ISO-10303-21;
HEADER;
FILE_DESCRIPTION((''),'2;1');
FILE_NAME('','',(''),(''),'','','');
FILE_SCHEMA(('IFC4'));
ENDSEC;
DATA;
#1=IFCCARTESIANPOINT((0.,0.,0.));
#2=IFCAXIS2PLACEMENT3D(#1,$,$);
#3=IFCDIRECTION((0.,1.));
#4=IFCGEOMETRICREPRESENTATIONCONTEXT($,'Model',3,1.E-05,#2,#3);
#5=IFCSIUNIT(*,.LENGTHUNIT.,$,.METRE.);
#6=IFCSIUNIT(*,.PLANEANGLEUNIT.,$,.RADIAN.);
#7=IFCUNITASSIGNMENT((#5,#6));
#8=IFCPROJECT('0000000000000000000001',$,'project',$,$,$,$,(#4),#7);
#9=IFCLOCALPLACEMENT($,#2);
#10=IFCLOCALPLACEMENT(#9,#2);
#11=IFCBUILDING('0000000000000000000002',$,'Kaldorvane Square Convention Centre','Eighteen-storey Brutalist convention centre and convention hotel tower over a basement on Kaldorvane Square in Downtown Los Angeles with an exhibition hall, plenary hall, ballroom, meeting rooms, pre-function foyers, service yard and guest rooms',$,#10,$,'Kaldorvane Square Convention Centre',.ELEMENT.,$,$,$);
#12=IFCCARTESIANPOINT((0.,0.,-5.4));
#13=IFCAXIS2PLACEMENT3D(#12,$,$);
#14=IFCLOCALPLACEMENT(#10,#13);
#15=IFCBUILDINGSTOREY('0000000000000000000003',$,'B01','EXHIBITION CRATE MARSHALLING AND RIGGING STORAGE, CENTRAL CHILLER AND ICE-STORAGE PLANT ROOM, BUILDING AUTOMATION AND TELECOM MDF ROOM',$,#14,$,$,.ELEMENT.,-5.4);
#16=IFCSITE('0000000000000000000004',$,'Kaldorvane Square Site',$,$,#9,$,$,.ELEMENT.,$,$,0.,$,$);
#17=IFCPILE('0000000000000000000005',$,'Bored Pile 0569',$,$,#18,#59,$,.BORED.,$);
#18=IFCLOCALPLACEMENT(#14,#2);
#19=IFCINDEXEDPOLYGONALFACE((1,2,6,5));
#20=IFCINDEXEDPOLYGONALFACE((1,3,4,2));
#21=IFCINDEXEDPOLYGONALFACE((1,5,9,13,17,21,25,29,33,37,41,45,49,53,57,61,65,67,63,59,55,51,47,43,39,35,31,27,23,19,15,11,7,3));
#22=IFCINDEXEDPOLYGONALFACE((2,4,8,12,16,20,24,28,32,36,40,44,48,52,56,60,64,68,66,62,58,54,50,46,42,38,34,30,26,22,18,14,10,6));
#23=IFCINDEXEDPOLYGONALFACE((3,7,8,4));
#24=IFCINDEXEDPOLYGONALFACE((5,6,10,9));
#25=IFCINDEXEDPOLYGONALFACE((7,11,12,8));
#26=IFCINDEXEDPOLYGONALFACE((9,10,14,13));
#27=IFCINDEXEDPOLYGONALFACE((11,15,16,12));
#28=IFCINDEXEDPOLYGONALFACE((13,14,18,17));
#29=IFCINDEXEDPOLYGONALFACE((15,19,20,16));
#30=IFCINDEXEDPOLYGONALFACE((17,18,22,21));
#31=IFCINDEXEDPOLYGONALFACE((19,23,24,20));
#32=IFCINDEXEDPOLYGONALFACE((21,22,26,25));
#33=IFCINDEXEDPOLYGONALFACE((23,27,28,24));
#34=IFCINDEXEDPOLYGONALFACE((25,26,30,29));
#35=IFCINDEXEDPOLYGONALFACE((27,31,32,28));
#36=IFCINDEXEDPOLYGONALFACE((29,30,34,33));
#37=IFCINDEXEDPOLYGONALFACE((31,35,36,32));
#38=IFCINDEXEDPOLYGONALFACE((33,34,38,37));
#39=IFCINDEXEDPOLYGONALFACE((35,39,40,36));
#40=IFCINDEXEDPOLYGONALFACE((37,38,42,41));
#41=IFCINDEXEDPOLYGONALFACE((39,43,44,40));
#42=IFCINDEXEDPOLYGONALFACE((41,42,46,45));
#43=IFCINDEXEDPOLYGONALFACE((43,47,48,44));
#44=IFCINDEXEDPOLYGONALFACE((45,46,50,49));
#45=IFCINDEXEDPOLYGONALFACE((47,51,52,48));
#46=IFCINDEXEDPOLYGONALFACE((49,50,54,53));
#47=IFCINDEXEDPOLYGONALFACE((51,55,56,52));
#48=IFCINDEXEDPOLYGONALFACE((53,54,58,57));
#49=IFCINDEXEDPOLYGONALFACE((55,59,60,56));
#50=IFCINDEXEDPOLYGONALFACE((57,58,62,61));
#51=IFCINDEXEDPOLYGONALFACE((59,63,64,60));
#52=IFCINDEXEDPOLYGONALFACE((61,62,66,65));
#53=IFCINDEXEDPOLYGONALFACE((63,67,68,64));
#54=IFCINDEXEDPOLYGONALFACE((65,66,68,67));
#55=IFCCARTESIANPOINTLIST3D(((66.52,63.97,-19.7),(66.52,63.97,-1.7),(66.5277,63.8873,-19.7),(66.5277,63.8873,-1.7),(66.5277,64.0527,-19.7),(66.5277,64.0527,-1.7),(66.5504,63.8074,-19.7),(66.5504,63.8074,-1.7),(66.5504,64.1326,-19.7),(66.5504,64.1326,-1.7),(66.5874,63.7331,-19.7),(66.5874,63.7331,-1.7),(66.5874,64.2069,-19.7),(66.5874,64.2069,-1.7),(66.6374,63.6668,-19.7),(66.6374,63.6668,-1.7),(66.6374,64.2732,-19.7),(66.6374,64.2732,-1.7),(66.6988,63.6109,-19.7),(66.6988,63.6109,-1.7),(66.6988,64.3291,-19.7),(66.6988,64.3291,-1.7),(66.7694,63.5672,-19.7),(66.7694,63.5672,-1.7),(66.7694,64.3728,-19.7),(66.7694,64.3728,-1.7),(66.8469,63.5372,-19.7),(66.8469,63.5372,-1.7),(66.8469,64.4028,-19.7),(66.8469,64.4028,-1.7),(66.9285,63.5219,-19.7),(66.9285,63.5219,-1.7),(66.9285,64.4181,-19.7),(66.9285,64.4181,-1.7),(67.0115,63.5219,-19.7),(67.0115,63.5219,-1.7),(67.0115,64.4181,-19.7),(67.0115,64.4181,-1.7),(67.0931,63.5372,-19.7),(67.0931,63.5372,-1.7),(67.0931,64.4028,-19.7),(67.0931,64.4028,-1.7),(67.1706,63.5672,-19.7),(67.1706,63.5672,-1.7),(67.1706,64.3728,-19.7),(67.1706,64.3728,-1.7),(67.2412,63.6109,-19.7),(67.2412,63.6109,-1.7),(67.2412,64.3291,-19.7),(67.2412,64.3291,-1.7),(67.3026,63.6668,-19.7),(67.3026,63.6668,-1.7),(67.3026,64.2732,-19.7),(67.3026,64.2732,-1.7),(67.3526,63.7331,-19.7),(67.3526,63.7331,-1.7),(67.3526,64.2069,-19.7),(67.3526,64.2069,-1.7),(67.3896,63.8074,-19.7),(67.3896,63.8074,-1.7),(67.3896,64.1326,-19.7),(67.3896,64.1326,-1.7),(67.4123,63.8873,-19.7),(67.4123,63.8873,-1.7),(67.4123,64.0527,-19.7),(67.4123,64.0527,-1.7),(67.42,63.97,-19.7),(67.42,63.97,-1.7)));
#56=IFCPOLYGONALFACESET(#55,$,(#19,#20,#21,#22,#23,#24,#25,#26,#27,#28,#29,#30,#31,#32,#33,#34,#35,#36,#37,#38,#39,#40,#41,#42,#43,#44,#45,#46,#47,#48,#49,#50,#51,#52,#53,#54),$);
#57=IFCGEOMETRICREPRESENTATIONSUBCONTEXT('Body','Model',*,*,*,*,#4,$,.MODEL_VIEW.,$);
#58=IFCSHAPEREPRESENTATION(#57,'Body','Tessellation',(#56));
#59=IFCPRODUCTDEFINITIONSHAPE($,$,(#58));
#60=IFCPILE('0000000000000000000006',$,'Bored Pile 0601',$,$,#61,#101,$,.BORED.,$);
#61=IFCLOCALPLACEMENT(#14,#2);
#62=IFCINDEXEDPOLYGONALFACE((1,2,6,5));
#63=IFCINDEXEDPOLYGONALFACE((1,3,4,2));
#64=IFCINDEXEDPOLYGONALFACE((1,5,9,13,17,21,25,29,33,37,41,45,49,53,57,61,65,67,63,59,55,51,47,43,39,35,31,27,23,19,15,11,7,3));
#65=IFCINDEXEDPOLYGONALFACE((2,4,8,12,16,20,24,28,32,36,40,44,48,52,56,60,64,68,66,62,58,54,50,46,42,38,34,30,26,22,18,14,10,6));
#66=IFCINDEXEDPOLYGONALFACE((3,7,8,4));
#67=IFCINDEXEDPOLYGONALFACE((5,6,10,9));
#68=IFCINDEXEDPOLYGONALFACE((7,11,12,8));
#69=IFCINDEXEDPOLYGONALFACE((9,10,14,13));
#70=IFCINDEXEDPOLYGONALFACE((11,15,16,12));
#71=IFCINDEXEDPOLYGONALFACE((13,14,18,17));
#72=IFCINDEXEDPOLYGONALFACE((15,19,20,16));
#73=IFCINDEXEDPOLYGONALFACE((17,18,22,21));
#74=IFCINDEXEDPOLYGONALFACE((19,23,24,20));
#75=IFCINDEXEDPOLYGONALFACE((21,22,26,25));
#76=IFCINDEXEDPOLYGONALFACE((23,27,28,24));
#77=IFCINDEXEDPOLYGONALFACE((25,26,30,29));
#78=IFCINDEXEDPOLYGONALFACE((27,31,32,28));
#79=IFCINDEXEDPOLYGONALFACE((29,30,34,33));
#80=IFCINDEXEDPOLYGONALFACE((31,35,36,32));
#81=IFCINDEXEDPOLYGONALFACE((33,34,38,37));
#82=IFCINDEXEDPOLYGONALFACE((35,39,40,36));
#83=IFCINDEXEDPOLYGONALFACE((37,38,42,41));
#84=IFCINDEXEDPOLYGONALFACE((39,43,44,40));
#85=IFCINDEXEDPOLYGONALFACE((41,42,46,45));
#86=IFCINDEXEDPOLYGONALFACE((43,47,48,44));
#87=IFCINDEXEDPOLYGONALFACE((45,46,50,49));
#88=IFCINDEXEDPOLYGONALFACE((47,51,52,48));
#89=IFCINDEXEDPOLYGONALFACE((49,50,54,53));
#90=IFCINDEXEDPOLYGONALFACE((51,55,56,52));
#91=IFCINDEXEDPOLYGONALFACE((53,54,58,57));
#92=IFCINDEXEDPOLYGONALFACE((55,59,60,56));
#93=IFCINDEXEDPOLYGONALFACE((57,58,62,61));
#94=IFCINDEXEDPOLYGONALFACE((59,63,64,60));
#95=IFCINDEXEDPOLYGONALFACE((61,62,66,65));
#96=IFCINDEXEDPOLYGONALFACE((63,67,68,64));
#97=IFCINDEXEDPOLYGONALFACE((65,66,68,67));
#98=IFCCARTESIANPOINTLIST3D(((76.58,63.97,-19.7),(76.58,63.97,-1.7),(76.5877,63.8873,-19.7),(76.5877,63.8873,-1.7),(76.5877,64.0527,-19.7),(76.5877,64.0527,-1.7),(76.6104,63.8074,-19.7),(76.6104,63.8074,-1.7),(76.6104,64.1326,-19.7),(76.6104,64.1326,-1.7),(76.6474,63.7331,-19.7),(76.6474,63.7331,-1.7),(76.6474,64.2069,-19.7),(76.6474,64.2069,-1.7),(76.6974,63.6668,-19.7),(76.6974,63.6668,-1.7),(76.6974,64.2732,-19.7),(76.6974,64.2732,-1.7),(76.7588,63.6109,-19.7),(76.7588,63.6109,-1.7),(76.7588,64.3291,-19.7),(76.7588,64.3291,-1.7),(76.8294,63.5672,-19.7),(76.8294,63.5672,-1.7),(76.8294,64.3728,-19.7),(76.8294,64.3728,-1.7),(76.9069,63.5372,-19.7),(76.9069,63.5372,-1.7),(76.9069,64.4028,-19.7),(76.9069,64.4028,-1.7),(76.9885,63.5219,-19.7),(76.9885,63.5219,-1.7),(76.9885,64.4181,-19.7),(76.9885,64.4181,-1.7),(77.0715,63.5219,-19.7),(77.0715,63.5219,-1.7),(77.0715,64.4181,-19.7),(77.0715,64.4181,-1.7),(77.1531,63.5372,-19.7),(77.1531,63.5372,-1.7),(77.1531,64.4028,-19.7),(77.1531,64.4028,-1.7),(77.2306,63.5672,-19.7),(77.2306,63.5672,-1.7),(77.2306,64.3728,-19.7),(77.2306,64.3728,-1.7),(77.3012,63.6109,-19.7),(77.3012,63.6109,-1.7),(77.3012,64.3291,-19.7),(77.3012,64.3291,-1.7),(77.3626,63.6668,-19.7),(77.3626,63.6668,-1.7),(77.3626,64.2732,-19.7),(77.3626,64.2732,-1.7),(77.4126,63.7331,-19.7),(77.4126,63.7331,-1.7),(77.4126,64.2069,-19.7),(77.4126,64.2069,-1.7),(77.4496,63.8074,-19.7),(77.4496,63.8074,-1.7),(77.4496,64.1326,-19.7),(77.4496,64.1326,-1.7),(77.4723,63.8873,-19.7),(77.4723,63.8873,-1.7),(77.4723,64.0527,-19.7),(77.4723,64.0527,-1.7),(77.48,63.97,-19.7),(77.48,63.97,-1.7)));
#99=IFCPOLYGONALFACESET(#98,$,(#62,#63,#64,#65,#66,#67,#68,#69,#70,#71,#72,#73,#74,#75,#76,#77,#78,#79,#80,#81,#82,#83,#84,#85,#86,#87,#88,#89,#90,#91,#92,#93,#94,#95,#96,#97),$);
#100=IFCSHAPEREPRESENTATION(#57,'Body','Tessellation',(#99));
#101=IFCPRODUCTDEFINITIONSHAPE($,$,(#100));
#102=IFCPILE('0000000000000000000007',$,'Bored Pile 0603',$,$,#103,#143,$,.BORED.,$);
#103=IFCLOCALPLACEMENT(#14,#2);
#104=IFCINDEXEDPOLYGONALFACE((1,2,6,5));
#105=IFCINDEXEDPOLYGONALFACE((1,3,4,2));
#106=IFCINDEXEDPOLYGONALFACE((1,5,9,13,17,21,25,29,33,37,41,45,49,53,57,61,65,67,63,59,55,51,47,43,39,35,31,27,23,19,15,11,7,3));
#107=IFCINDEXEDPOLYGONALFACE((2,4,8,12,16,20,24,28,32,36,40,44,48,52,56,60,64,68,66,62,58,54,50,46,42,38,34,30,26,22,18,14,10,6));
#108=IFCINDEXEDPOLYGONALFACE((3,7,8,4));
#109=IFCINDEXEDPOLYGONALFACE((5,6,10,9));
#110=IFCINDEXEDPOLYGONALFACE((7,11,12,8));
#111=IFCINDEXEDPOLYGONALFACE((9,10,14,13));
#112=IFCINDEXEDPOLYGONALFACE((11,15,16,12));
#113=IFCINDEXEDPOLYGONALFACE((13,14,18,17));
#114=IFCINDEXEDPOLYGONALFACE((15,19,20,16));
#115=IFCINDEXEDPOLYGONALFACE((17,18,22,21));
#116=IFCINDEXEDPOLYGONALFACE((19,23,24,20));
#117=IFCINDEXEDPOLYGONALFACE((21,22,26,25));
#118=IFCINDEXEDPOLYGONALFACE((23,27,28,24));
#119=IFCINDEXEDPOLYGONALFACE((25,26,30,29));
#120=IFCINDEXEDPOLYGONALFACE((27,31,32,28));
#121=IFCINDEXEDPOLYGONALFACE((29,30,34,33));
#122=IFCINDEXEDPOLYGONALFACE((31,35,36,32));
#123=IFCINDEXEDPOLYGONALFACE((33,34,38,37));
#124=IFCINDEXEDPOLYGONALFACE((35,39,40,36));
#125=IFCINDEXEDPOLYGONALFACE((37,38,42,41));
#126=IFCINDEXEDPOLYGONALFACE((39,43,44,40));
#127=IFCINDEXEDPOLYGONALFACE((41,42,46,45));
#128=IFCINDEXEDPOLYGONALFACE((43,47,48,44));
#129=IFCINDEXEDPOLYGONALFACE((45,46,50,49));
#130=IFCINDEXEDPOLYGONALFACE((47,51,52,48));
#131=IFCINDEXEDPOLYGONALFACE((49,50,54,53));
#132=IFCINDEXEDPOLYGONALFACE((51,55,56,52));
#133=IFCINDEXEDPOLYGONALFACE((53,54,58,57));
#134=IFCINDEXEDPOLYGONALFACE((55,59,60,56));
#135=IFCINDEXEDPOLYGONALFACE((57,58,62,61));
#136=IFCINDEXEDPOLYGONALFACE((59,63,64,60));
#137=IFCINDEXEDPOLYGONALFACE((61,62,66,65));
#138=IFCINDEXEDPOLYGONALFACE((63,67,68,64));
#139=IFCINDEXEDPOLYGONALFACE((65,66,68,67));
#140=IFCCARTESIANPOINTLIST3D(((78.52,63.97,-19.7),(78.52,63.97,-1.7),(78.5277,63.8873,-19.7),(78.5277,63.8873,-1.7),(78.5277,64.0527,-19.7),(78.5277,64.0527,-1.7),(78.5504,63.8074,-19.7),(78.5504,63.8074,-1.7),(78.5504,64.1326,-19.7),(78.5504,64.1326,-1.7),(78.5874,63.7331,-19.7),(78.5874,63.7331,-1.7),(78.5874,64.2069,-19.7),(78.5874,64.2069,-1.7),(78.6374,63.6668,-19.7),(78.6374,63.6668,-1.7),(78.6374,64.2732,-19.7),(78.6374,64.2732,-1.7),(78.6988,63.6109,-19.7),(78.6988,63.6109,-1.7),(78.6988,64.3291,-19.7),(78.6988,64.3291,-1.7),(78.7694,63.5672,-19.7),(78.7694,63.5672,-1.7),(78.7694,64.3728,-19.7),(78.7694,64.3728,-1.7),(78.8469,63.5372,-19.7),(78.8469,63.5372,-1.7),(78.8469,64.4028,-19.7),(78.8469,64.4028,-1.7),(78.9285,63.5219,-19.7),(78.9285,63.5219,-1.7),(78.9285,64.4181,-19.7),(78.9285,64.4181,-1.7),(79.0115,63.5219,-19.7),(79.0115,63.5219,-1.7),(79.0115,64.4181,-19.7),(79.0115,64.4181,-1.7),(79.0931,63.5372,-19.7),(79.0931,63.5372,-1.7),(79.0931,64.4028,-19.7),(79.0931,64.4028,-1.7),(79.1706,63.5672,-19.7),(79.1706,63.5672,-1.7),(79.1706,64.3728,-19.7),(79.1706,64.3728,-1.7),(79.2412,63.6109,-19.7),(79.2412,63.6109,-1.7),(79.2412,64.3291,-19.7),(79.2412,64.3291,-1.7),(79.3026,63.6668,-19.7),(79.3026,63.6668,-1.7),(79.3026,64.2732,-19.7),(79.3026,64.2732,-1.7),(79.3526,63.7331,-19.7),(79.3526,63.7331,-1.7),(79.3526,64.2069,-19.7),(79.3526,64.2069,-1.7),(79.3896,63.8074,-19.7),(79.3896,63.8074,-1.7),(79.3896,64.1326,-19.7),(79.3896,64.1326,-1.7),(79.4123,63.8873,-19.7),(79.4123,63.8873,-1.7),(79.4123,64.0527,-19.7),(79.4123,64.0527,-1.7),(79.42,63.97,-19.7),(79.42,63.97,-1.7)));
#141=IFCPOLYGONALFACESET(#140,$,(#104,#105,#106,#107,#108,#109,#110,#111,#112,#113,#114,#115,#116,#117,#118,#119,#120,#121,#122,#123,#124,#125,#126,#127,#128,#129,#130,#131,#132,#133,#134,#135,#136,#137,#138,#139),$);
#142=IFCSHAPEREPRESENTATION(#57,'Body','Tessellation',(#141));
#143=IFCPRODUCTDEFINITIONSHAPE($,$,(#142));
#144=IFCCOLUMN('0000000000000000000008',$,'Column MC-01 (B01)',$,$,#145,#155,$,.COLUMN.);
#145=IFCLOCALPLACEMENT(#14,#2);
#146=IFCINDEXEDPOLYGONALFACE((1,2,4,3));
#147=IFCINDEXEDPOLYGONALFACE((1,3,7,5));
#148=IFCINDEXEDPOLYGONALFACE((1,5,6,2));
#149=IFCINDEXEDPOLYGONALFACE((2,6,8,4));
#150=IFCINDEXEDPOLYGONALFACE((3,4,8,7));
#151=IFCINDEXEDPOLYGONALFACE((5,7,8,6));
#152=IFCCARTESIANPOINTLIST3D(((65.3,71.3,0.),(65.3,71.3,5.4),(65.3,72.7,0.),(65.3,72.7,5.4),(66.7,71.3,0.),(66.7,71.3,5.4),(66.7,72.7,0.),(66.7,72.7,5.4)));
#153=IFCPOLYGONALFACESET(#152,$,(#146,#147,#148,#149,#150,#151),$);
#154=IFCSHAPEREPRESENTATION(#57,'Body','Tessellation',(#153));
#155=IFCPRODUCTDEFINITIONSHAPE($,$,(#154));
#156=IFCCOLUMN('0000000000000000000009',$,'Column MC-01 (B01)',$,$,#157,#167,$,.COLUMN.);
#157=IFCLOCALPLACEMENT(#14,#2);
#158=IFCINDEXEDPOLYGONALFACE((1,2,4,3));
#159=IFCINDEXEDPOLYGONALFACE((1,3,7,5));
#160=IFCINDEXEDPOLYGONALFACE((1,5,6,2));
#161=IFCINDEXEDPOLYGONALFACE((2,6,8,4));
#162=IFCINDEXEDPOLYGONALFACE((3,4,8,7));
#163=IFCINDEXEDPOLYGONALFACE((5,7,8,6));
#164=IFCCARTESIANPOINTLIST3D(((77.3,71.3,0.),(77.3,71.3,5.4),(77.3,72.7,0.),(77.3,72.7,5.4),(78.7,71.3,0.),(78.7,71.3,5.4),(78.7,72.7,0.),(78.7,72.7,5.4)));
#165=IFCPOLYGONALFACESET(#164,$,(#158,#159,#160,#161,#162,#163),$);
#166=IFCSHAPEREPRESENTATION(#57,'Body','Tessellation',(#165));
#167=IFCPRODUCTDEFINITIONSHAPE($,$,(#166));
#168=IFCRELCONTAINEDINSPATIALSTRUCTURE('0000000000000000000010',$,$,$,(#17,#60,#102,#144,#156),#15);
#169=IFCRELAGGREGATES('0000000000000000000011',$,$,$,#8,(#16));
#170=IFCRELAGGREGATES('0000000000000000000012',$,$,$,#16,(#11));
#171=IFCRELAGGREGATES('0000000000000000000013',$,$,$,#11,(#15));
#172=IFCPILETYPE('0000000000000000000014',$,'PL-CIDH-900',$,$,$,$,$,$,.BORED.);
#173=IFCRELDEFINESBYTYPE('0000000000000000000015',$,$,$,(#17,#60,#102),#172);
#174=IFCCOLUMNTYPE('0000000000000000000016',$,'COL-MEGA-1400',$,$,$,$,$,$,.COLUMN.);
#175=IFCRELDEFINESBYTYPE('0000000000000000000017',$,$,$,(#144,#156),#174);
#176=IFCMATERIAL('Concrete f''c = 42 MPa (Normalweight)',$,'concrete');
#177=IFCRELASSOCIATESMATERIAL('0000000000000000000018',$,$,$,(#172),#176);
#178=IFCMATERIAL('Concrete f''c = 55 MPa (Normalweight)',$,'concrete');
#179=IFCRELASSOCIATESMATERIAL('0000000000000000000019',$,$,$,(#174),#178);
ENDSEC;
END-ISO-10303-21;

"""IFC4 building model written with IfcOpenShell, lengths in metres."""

from ifc_helpers import new_model, si_unit, direction, frame, origin, origin_2d, place, context, subcontext, project, spatial, rectangle, circle, extrude, material, material_profile, profile_set, type_object, element, save


model = new_model("IFC4")

# Units and contexts
model_context = context("Model", 3, precision=1e-05, world=origin(), true_north=direction((0.0, 1.0)))
body_context = subcontext(model_context, "Body", "Model", "MODEL_VIEW")
ifc_project = project(units=[si_unit("LENGTHUNIT", "METRE"), si_unit("PLANEANGLEUNIT", "RADIAN")], contexts=[model_context])

# Site, building, storey
site_placement = place(None, origin())
site = spatial("IfcSite", under=ifc_project, at=site_placement, Name="Kaldorvane Square Site", CompositionType="ELEMENT", RefElevation=0.0)
building_placement = place(site_placement, origin())
building = spatial("IfcBuilding", under=site, at=building_placement, Name="Kaldorvane Square Convention Centre", Description="Eighteen-storey Brutalist convention centre and convention hotel tower over a basement on Kaldorvane Square in Downtown Los Angeles with an exhibition hall, plenary hall, ballroom, meeting rooms, pre-function foyers, service yard and guest rooms", LongName="Kaldorvane Square Convention Centre", CompositionType="ELEMENT")
storey_placement = place(building_placement, frame((0.0, 0.0, -5.4)))
storey = spatial("IfcBuildingStorey", under=building, at=storey_placement, Name="B01", Description="EXHIBITION CRATE MARSHALLING AND RIGGING STORAGE, CENTRAL CHILLER AND ICE-STORAGE PLANT ROOM, BUILDING AUTOMATION AND TELECOM MDF ROOM", CompositionType="ELEMENT", Elevation=-5.4)

# Shared definitions
ifc_material_1 = material(Name="Concrete f'c = 42 MPa (Normalweight)", Category="concrete")

# Piles
ifc_material_profile_1 = material_profile(ifc_material_1, circle(Radius=0.45, at=origin_2d()), Name="PILE-D900")
ifc_profile_set_1 = profile_set([ifc_material_profile_1], Name="Concrete f'c = 42 MPa (Normalweight)")
pile_type_1 = type_object("IfcPileType", Name="PL-CIDH-900", PredefinedType="BORED", material=ifc_profile_set_1)
for number, where, z_axis, x_axis, name in (
    (1, (66.97, 63.97, -1.7), (0.0, 0.0, -1.0), (1.0, 0.0, 0.0), "Bored Pile 0569"),
    (2, (77.03, 63.97, -1.7), (0.0, 0.0, -1.0), (1.0, 0.0, 0.0), "Bored Pile 0601"),
    (3, (78.97, 63.97, -1.7), (0.0, 0.0, -1.0), (1.0, 0.0, 0.0), "Bored Pile 0603"),
):
    element("IfcPile", number, at=place(storey_placement, frame(where, z_axis=z_axis, x_axis=x_axis)), inside=storey, type_object=pile_type_1, Name=name, PredefinedType="BORED", context=body_context, shape_type="SweptSolid", body=[
        extrude(circle(Radius=0.45, at=origin_2d()), origin(), (0.0, 0.0, 1.0), 18.0),
    ])

# Columns
ifc_material_2 = material(Name="Concrete f'c = 55 MPa (Normalweight)", Category="concrete")
ifc_material_profile_2 = material_profile(ifc_material_2, rectangle(XDim=1.4, YDim=1.4, at=origin_2d()), Name="RC1400X1400")
ifc_profile_set_2 = profile_set([ifc_material_profile_2], Name="Concrete f'c = 55 MPa (Normalweight)")
column_type_1 = type_object("IfcColumnType", Name="COL-MEGA-1400", PredefinedType="COLUMN", material=ifc_profile_set_2)
for number, where, z_axis, x_axis, name in (
    (4, (66.0, 72.0, 0.0), (0.0, 0.0, 1.0), (1.0, 0.0, 0.0), "Column MC-01 (B01)"),
    (5, (78.0, 72.0, 0.0), (0.0, 0.0, 1.0), (1.0, 0.0, 0.0), "Column MC-01 (B01)"),
):
    element("IfcColumn", number, at=place(storey_placement, frame(where, z_axis=z_axis, x_axis=x_axis)), inside=storey, type_object=column_type_1, Name=name, PredefinedType="COLUMN", context=body_context, shape_type="SweptSolid", body=[
        extrude(rectangle(XDim=1.4, YDim=1.4, at=origin_2d()), origin(), (0.0, 0.0, 1.0), 5.4),
    ])

save(model, "model.ifc")
